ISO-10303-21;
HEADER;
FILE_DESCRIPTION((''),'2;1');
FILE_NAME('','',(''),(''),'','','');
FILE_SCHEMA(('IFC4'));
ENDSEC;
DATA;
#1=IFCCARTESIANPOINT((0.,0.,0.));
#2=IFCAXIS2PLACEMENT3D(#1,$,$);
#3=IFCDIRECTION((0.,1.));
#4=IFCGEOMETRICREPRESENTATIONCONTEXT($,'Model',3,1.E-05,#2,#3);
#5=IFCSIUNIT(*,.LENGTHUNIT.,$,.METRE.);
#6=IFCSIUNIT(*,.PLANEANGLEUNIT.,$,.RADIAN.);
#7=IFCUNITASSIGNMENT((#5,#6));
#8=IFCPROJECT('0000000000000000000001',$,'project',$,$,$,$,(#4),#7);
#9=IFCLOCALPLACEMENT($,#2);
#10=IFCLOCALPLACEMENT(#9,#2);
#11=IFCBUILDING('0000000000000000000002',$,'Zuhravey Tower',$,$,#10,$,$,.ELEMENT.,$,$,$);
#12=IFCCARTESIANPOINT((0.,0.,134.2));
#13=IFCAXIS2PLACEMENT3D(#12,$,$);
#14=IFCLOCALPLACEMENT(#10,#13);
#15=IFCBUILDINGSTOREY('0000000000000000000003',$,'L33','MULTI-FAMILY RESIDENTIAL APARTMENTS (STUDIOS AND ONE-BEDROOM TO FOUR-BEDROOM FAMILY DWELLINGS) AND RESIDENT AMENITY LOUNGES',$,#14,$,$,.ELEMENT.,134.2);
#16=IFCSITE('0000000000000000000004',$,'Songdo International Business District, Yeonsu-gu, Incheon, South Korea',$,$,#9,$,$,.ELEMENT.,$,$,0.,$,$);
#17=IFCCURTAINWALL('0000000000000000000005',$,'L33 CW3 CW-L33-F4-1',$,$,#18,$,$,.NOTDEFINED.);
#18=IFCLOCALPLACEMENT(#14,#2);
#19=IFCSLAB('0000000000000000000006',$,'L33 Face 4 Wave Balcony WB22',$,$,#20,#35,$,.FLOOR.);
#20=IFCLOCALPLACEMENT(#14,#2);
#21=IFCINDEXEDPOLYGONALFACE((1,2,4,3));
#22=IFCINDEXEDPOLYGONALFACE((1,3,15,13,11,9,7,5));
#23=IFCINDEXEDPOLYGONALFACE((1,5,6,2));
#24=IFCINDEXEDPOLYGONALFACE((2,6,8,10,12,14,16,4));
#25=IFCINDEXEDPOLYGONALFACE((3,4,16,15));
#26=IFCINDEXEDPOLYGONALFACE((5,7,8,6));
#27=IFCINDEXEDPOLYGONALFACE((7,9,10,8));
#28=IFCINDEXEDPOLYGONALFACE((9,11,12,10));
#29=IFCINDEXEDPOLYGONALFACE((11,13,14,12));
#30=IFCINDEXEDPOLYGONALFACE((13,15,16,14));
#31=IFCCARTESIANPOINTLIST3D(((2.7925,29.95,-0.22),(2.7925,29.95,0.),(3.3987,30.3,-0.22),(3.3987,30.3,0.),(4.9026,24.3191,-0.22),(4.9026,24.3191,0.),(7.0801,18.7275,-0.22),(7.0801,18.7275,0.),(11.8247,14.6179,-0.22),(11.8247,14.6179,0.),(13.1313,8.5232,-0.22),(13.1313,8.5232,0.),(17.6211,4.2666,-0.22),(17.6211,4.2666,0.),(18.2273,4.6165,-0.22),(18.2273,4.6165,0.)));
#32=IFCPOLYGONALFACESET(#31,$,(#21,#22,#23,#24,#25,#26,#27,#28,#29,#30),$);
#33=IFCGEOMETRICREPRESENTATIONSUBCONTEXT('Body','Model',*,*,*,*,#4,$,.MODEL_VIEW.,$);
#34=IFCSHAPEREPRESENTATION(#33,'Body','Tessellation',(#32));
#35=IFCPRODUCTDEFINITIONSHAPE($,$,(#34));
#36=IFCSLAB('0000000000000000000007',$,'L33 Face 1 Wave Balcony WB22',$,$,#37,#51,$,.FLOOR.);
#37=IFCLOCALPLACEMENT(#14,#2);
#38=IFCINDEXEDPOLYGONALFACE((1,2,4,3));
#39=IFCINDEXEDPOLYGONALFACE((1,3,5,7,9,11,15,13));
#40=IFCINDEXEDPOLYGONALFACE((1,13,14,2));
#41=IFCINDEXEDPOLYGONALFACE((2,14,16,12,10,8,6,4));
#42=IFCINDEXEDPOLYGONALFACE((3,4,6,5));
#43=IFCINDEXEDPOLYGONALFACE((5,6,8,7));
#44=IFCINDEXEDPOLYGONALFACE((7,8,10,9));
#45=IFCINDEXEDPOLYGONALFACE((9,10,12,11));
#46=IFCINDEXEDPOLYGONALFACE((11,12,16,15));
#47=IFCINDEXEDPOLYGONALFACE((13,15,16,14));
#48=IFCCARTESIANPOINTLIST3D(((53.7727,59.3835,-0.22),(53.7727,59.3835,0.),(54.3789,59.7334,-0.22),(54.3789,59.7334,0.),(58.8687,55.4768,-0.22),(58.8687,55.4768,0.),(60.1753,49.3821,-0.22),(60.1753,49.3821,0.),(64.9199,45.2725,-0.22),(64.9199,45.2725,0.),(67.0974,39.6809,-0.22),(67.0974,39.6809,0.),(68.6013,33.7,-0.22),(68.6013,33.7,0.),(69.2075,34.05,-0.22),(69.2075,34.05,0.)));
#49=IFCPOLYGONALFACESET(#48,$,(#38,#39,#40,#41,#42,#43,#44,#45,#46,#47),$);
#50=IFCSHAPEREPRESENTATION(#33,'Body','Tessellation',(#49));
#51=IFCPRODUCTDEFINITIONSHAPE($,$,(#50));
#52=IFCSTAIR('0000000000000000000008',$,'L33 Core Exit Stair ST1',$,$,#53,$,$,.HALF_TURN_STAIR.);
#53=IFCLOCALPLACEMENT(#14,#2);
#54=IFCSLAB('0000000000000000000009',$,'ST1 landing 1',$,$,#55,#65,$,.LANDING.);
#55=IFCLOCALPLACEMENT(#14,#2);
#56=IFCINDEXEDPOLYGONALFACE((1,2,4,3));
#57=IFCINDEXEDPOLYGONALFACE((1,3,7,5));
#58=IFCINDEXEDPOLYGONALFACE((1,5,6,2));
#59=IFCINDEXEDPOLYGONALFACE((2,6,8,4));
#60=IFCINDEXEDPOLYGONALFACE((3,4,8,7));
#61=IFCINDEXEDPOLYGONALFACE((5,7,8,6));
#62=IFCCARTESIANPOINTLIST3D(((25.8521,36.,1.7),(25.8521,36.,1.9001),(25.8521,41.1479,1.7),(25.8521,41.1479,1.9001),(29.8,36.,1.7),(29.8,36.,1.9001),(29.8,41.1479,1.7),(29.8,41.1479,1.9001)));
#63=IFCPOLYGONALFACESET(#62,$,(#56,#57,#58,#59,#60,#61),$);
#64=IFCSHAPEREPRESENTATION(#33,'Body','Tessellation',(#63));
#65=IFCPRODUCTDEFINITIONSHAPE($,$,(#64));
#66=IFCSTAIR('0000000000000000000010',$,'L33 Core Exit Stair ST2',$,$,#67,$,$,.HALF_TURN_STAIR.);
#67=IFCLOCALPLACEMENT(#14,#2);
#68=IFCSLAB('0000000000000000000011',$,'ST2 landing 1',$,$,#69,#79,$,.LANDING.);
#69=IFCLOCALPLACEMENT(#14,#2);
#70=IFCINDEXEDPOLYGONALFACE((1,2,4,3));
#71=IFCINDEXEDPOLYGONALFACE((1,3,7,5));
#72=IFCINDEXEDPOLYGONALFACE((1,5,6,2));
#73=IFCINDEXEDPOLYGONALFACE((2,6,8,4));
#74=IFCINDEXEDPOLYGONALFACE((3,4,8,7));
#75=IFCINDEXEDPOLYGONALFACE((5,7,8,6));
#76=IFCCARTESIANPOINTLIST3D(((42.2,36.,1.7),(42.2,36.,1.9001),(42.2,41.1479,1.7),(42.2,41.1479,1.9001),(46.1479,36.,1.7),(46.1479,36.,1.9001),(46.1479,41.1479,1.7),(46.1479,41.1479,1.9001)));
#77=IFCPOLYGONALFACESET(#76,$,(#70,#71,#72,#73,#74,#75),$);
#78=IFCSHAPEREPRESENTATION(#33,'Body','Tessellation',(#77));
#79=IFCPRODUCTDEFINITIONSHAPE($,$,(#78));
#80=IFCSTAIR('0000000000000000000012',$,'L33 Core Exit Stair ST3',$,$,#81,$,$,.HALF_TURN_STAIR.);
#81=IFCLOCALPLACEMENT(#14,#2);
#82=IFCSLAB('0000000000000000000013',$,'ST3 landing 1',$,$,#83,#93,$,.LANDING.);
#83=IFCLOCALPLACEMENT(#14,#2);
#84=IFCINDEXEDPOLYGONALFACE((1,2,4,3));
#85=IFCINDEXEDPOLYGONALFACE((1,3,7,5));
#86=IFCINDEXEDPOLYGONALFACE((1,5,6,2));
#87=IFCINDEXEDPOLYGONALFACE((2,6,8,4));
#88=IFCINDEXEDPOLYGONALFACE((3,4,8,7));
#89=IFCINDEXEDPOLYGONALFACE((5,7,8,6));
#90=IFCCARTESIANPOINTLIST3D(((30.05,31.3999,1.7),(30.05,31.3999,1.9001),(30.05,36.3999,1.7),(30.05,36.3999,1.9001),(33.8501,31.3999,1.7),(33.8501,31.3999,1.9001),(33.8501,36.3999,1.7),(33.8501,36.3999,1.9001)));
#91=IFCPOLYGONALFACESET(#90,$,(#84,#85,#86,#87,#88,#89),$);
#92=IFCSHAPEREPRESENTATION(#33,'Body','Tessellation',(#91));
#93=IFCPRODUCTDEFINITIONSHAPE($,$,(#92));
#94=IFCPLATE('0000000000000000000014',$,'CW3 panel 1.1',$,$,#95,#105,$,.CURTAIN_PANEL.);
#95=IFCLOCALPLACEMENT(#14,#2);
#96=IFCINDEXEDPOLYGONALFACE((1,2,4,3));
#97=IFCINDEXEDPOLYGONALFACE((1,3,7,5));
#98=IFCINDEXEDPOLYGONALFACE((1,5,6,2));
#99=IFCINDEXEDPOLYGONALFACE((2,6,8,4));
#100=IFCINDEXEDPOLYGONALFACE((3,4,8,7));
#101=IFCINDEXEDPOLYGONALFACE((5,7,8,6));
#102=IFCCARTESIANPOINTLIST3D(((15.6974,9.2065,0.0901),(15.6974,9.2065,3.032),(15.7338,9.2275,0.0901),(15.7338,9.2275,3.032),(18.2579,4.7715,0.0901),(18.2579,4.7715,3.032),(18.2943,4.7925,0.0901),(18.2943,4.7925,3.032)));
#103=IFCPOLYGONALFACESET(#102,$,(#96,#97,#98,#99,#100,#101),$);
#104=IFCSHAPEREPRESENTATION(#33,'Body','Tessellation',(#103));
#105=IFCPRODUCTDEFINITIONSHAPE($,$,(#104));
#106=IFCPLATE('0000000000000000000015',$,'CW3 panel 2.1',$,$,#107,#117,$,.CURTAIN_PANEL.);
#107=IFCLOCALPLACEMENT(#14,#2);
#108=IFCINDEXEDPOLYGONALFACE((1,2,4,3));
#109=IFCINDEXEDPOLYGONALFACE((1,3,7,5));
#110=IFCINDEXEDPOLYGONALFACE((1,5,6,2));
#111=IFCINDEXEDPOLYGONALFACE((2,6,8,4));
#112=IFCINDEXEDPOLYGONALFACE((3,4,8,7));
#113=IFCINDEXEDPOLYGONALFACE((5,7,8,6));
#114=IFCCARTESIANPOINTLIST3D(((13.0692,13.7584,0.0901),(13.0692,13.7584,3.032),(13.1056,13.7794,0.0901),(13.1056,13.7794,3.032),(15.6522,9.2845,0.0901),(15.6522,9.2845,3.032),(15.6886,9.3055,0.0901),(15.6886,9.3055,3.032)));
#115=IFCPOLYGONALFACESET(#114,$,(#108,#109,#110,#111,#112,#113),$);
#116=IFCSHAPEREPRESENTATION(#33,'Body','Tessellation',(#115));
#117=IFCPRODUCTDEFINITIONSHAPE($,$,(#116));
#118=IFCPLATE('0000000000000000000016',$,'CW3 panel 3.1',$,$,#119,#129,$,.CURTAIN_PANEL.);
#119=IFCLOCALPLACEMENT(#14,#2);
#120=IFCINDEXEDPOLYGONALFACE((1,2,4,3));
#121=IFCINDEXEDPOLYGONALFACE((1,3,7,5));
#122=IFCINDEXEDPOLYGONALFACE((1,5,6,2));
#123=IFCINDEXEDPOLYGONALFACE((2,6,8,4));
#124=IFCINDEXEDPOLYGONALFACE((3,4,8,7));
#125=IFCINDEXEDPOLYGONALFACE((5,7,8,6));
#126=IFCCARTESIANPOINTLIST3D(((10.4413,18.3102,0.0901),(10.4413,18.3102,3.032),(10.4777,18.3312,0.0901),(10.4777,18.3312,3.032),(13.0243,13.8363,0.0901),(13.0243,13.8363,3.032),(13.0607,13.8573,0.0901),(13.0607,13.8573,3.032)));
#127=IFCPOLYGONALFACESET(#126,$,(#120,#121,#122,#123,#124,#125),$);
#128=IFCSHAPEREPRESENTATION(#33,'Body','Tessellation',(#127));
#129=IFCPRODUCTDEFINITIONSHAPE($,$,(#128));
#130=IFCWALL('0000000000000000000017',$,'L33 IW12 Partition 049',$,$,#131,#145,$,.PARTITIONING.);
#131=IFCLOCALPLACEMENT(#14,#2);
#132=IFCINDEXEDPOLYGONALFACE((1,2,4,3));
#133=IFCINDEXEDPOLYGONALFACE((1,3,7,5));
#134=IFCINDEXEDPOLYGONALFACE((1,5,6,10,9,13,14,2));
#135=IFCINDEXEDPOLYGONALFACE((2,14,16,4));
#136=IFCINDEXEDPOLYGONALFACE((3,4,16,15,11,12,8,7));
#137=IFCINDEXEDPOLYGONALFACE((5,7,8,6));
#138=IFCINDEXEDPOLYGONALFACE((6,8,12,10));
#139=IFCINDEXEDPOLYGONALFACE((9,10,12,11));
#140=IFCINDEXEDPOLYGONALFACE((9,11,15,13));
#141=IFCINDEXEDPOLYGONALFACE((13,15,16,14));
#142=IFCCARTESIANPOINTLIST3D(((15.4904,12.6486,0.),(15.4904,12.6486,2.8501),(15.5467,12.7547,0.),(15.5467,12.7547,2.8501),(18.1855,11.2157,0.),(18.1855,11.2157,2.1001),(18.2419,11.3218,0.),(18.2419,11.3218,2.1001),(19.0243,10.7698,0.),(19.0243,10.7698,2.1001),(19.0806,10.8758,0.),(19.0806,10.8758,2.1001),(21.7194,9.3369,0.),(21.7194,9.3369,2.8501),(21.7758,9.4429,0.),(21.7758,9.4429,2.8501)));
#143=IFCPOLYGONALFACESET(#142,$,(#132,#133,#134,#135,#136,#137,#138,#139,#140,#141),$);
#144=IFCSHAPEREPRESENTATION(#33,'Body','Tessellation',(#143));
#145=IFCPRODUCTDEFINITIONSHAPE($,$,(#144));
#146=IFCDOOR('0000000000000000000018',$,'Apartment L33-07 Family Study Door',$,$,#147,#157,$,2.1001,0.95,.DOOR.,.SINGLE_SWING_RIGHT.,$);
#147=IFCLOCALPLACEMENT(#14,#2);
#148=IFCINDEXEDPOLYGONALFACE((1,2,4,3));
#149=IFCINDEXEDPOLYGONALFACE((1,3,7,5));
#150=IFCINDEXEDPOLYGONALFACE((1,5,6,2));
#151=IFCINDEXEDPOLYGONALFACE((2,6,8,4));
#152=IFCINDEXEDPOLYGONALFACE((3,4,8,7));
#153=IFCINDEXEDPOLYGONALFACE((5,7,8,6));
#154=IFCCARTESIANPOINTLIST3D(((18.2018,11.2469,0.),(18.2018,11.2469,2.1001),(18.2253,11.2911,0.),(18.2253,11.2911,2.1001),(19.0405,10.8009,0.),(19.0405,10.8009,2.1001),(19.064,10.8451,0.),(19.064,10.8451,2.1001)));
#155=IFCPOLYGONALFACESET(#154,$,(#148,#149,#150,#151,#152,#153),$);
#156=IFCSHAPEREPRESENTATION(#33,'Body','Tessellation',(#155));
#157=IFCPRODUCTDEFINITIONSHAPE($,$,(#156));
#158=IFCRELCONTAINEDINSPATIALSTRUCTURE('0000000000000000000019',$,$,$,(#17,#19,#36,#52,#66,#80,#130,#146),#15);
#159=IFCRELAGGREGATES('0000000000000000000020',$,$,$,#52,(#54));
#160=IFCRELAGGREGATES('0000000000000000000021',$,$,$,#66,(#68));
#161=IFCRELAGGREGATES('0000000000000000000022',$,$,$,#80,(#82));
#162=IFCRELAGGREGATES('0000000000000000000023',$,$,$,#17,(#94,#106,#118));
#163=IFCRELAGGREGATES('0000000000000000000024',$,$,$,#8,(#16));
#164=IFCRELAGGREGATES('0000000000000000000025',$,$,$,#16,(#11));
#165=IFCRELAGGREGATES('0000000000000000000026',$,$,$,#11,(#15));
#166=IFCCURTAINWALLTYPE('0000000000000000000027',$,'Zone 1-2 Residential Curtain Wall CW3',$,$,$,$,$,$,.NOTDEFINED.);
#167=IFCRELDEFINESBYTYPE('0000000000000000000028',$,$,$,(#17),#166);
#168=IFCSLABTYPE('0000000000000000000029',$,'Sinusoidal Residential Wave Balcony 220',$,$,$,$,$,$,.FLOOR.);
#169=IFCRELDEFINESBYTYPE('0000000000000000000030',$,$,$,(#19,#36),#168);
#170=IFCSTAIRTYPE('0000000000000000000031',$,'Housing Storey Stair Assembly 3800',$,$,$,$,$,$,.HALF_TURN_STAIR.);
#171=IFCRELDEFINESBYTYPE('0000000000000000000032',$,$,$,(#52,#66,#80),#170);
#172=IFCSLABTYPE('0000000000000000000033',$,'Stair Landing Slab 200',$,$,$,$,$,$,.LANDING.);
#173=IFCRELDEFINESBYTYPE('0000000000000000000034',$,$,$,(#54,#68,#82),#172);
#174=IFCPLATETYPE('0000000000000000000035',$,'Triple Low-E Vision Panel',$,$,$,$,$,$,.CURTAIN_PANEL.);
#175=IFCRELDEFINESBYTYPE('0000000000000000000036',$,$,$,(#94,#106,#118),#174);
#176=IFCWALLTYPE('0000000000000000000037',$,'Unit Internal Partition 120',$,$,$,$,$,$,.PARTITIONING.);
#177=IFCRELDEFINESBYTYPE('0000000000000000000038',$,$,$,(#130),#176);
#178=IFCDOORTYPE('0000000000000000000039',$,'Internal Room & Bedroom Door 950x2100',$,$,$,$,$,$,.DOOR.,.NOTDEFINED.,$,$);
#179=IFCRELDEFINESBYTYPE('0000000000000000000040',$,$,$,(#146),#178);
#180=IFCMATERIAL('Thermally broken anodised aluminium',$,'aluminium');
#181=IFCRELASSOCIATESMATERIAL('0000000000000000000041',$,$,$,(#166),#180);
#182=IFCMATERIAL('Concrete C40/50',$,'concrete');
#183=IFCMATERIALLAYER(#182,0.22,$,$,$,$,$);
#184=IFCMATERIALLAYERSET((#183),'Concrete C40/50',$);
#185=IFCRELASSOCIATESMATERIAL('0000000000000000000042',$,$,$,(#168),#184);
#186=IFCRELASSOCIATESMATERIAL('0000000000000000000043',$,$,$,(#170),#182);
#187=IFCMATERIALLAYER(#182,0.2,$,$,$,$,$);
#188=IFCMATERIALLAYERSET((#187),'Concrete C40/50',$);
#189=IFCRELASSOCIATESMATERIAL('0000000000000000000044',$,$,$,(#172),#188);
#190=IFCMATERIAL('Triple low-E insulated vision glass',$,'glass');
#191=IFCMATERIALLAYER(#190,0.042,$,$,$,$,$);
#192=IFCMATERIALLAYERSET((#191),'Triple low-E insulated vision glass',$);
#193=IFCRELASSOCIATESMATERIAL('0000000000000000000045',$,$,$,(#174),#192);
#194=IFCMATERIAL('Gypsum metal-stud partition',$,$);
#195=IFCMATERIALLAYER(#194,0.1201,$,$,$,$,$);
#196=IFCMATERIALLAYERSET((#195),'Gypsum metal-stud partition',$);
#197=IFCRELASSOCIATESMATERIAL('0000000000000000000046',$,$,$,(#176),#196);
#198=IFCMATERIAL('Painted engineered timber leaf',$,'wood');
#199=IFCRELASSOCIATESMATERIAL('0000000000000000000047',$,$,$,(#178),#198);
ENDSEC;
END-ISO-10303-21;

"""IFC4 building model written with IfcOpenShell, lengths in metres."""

from ifc_helpers import new_model, si_unit, direction, frame, frame_2d, origin, origin_2d, place, context, subcontext, project, spatial, polyline, rectangle, outline, extrude, material, layer, layer_set, type_object, element, fill, aggregate, save


model = new_model("IFC4")

# Units and contexts
model_context = context("Model", 3, precision=1e-05, world=origin(), true_north=direction((0.0, 1.0)))
body_context = subcontext(model_context, "Body", "Model", "MODEL_VIEW")
ifc_project = project(units=[si_unit("LENGTHUNIT", "METRE"), si_unit("PLANEANGLEUNIT", "RADIAN")], contexts=[model_context])

# Site, building, storey
site_placement = place(None, origin())
site = spatial("IfcSite", under=ifc_project, at=site_placement, Name="Songdo International Business District, Yeonsu-gu, Incheon, South Korea", CompositionType="ELEMENT", RefElevation=0.0)
building_placement = place(site_placement, origin())
building = spatial("IfcBuilding", under=site, at=building_placement, Name="Zuhravey Tower", CompositionType="ELEMENT")
storey_placement = place(building_placement, frame((0.0, 0.0, 134.2)))
storey = spatial("IfcBuildingStorey", under=building, at=storey_placement, Name="L33", Description="MULTI-FAMILY RESIDENTIAL APARTMENTS (STUDIOS AND ONE-BEDROOM TO FOUR-BEDROOM FAMILY DWELLINGS) AND RESIDENT AMENITY LOUNGES", CompositionType="ELEMENT", Elevation=134.2)

# Curtain wall
ifc_material_1 = material(Name="Thermally broken anodised aluminium", Category="aluminium")
curtain_wall_type = type_object("IfcCurtainWallType", Name="Zone 1-2 Residential Curtain Wall CW3", PredefinedType="NOTDEFINED", material=ifc_material_1)
curtain_wall_placement = place(storey_placement, origin())
curtain_wall = element("IfcCurtainWall", 1, at=curtain_wall_placement, inside=storey, type_object=curtain_wall_type, Name="L33 CW3 CW-L33-F4-1", PredefinedType="NOTDEFINED")

# Slabs
ifc_material_2 = material(Name="Concrete C40/50", Category="concrete")
ifc_layer_1 = layer(ifc_material_2, 0.22)
ifc_layer_set_1 = layer_set([ifc_layer_1], Name="Concrete C40/50")
slab_type_1 = type_object("IfcSlabType", Name="Sinusoidal Residential Wave Balcony 220", PredefinedType="FLOOR", material=ifc_layer_set_1)
slab_1_placement = place(storey_placement, frame((0.0, 0.0, -0.22)))
element("IfcSlab", 2, at=slab_1_placement, inside=storey, type_object=slab_type_1, Name="L33 Face 4 Wave Balcony WB22", PredefinedType="FLOOR", context=body_context, shape_type="SweptSolid", body=[
    extrude(outline(polyline([(3.3987, 30.3), (18.2273, 4.6165), (17.6211, 4.2666), (13.1313, 8.5232), (11.8247, 14.6179), (7.0801, 18.7275), (4.9026, 24.3191), (2.7925, 29.95), (3.3987, 30.3)])), origin(), (0.0, 0.0, 1.0), 0.22),
])
slab_2_placement = place(storey_placement, frame((0.0, 0.0, -0.22)))
element("IfcSlab", 3, at=slab_2_placement, inside=storey, type_object=slab_type_1, Name="L33 Face 1 Wave Balcony WB22", PredefinedType="FLOOR", context=body_context, shape_type="SweptSolid", body=[
    extrude(outline(polyline([(68.6013, 33.7), (53.7727, 59.3835), (54.3789, 59.7334), (58.8687, 55.4768), (60.1753, 49.3821), (64.9199, 45.2725), (67.0974, 39.6809), (69.2075, 34.05), (68.6013, 33.7)])), origin(), (0.0, 0.0, 1.0), 0.22),
])

# Stairs, slabs
stair_type = type_object("IfcStairType", Name="Housing Storey Stair Assembly 3800", PredefinedType="HALF_TURN_STAIR", material=ifc_material_2)
stair_1_placement = place(storey_placement, origin())
stair_1 = element("IfcStair", 4, at=stair_1_placement, inside=storey, type_object=stair_type, Name="L33 Core Exit Stair ST1", PredefinedType="HALF_TURN_STAIR")
ifc_layer_2 = layer(ifc_material_2, 0.2)
ifc_layer_set_2 = layer_set([ifc_layer_2], Name="Concrete C40/50")
slab_type_2 = type_object("IfcSlabType", Name="Stair Landing Slab 200", PredefinedType="LANDING", material=ifc_layer_set_2)
slab_3_placement = place(storey_placement, frame((0.0, 0.0, 1.7)))
slab_3 = element("IfcSlab", 5, at=slab_3_placement, type_object=slab_type_2, Name="ST1 landing 1", PredefinedType="LANDING", context=body_context, shape_type="SweptSolid", body=[
    extrude(outline(polyline([(29.8, 36.0), (29.8, 41.1479), (25.8521, 41.1479), (25.8521, 36.0), (29.8, 36.0)])), origin(), (0.0, 0.0, 1.0), 0.2002),
])
aggregate(stair_1, [slab_3])
stair_2_placement = place(storey_placement, origin())
stair_2 = element("IfcStair", 6, at=stair_2_placement, inside=storey, type_object=stair_type, Name="L33 Core Exit Stair ST2", PredefinedType="HALF_TURN_STAIR")
slab_4_placement = place(storey_placement, frame((0.0, 0.0, 1.7)))
slab_4 = element("IfcSlab", 7, at=slab_4_placement, type_object=slab_type_2, Name="ST2 landing 1", PredefinedType="LANDING", context=body_context, shape_type="SweptSolid", body=[
    extrude(outline(polyline([(46.1479, 36.0), (46.1479, 41.1479), (42.2, 41.1479), (42.2, 36.0), (46.1479, 36.0)])), origin(), (0.0, 0.0, 1.0), 0.2002),
])
aggregate(stair_2, [slab_4])
stair_3_placement = place(storey_placement, origin())
stair_3 = element("IfcStair", 8, at=stair_3_placement, inside=storey, type_object=stair_type, Name="L33 Core Exit Stair ST3", PredefinedType="HALF_TURN_STAIR")
slab_5_placement = place(storey_placement, frame((0.0, 0.0, 1.7)))
slab_5 = element("IfcSlab", 9, at=slab_5_placement, type_object=slab_type_2, Name="ST3 landing 1", PredefinedType="LANDING", context=body_context, shape_type="SweptSolid", body=[
    extrude(outline(polyline([(30.05, 36.3999), (30.05, 31.3999), (33.8501, 31.3999), (33.8501, 36.3999), (30.05, 36.3999)])), origin(), (0.0, 0.0, 1.0), 0.2002),
])
aggregate(stair_3, [slab_5])

# Plates
ifc_material_3 = material(Name="Triple low-E insulated vision glass", Category="glass")
ifc_layer_3 = layer(ifc_material_3, 0.042)
ifc_layer_set_3 = layer_set([ifc_layer_3], Name="Triple low-E insulated vision glass")
plate_type = type_object("IfcPlateType", Name="Triple Low-E Vision Panel", PredefinedType="CURTAIN_PANEL", material=ifc_layer_set_3)
plate_1_placement = place(storey_placement, frame((16.9958, 6.9995, 0.0901), z_axis=(0.0, 0.0, 1.0), x_axis=(-0.499998, 0.866026, 0.0)))
plate_1 = element("IfcPlate", 10, at=plate_1_placement, type_object=plate_type, Name="CW3 panel 1.1", PredefinedType="CURTAIN_PANEL", context=body_context, shape_type="SweptSolid", body=[
    extrude(rectangle(XDim=5.1211, YDim=0.042, at=origin_2d()), origin(), (0.0, 0.0, 1.0), 2.9419),
])
plate_2_placement = place(storey_placement, frame((14.3789, 11.532, 0.0901), z_axis=(0.0, 0.0, 1.0), x_axis=(-0.499998, 0.866026, 0.0)))
plate_2 = element("IfcPlate", 11, at=plate_2_placement, type_object=plate_type, Name="CW3 panel 2.1", PredefinedType="CURTAIN_PANEL", context=body_context, shape_type="SweptSolid", body=[
    extrude(rectangle(XDim=5.166, YDim=0.042, at=origin_2d()), origin(), (0.0, 0.0, 1.0), 2.9419),
])
plate_3_placement = place(storey_placement, frame((11.751, 16.0837, 0.0901), z_axis=(0.0, 0.0, 1.0), x_axis=(-0.499998, 0.866026, 0.0)))
plate_3 = element("IfcPlate", 12, at=plate_3_placement, type_object=plate_type, Name="CW3 panel 3.1", PredefinedType="CURTAIN_PANEL", context=body_context, shape_type="SweptSolid", body=[
    extrude(rectangle(XDim=5.166, YDim=0.042, at=origin_2d()), origin(), (0.0, 0.0, 1.0), 2.9419),
])
aggregate(curtain_wall, [plate_1, plate_2, plate_3])

# Wall, opening, door
ifc_material_4 = material(Name="Gypsum metal-stud partition")
ifc_layer_4 = layer(ifc_material_4, 0.1201)
ifc_layer_set_4 = layer_set([ifc_layer_4], Name="Gypsum metal-stud partition")
wall_type = type_object("IfcWallType", Name="Unit Internal Partition 120", PredefinedType="PARTITIONING", material=ifc_layer_set_4)
wall_placement = place(storey_placement, frame((15.5186, 12.7017, 0.0), z_axis=(0.0, 0.0, 1.0), x_axis=(0.882962, -0.469444, 0.0)))
wall = element("IfcWall", 13, at=wall_placement, inside=storey, type_object=wall_type, Name="L33 IW12 Partition 049", PredefinedType="PARTITIONING", context=body_context, shape_type="SweptSolid", body=[
    extrude(rectangle(XDim=7.0547, YDim=0.1201, at=frame_2d((3.5273, 0.0))), origin(), (0.0, 0.0, 1.0), 2.8501),
])
opening_placement = place(wall_placement, frame((3.0522, 0.0, 0.0)))
opening = element("IfcOpeningElement", 14, at=opening_placement, cuts=wall, PredefinedType="OPENING", context=body_context, shape_type="SweptSolid", body=[
    extrude(rectangle(XDim=0.95, YDim=2.1001, at=frame_2d((0.4751, 1.05))), frame((0.0, 0.072, 0.0), z_axis=(0.0, -1.0, 0.0), x_axis=(1.0, 0.0, 0.0)), (0.0, 0.0, 1.0), 0.144),
])
ifc_material_5 = material(Name="Painted engineered timber leaf", Category="wood")
door_type = type_object("IfcDoorType", Name="Internal Room & Bedroom Door 950x2100", OperationType="NOTDEFINED", PredefinedType="DOOR", material=ifc_material_5)
door_placement = place(opening_placement, frame((0.95, 0.0, 0.0), z_axis=(0.0, 0.0, 1.0), x_axis=(-1.0, 0.0, 0.0)))
door = element("IfcDoor", 15, at=door_placement, inside=storey, type_object=door_type, Name="Apartment L33-07 Family Study Door", OperationType="SINGLE_SWING_RIGHT", OverallHeight=2.1001, OverallWidth=0.95, PredefinedType="DOOR", context=body_context, shape_type="SweptSolid", body=[
    extrude(rectangle(XDim=0.95, YDim=2.1001, at=frame_2d((0.4751, 1.05))), frame((0.0, 0.0249, 0.0), z_axis=(0.0, -1.0, 0.0), x_axis=(1.0, 0.0, 0.0)), (0.0, 0.0, 1.0), 0.05),
])
fill(opening, door)

save(model, "model.ifc")
